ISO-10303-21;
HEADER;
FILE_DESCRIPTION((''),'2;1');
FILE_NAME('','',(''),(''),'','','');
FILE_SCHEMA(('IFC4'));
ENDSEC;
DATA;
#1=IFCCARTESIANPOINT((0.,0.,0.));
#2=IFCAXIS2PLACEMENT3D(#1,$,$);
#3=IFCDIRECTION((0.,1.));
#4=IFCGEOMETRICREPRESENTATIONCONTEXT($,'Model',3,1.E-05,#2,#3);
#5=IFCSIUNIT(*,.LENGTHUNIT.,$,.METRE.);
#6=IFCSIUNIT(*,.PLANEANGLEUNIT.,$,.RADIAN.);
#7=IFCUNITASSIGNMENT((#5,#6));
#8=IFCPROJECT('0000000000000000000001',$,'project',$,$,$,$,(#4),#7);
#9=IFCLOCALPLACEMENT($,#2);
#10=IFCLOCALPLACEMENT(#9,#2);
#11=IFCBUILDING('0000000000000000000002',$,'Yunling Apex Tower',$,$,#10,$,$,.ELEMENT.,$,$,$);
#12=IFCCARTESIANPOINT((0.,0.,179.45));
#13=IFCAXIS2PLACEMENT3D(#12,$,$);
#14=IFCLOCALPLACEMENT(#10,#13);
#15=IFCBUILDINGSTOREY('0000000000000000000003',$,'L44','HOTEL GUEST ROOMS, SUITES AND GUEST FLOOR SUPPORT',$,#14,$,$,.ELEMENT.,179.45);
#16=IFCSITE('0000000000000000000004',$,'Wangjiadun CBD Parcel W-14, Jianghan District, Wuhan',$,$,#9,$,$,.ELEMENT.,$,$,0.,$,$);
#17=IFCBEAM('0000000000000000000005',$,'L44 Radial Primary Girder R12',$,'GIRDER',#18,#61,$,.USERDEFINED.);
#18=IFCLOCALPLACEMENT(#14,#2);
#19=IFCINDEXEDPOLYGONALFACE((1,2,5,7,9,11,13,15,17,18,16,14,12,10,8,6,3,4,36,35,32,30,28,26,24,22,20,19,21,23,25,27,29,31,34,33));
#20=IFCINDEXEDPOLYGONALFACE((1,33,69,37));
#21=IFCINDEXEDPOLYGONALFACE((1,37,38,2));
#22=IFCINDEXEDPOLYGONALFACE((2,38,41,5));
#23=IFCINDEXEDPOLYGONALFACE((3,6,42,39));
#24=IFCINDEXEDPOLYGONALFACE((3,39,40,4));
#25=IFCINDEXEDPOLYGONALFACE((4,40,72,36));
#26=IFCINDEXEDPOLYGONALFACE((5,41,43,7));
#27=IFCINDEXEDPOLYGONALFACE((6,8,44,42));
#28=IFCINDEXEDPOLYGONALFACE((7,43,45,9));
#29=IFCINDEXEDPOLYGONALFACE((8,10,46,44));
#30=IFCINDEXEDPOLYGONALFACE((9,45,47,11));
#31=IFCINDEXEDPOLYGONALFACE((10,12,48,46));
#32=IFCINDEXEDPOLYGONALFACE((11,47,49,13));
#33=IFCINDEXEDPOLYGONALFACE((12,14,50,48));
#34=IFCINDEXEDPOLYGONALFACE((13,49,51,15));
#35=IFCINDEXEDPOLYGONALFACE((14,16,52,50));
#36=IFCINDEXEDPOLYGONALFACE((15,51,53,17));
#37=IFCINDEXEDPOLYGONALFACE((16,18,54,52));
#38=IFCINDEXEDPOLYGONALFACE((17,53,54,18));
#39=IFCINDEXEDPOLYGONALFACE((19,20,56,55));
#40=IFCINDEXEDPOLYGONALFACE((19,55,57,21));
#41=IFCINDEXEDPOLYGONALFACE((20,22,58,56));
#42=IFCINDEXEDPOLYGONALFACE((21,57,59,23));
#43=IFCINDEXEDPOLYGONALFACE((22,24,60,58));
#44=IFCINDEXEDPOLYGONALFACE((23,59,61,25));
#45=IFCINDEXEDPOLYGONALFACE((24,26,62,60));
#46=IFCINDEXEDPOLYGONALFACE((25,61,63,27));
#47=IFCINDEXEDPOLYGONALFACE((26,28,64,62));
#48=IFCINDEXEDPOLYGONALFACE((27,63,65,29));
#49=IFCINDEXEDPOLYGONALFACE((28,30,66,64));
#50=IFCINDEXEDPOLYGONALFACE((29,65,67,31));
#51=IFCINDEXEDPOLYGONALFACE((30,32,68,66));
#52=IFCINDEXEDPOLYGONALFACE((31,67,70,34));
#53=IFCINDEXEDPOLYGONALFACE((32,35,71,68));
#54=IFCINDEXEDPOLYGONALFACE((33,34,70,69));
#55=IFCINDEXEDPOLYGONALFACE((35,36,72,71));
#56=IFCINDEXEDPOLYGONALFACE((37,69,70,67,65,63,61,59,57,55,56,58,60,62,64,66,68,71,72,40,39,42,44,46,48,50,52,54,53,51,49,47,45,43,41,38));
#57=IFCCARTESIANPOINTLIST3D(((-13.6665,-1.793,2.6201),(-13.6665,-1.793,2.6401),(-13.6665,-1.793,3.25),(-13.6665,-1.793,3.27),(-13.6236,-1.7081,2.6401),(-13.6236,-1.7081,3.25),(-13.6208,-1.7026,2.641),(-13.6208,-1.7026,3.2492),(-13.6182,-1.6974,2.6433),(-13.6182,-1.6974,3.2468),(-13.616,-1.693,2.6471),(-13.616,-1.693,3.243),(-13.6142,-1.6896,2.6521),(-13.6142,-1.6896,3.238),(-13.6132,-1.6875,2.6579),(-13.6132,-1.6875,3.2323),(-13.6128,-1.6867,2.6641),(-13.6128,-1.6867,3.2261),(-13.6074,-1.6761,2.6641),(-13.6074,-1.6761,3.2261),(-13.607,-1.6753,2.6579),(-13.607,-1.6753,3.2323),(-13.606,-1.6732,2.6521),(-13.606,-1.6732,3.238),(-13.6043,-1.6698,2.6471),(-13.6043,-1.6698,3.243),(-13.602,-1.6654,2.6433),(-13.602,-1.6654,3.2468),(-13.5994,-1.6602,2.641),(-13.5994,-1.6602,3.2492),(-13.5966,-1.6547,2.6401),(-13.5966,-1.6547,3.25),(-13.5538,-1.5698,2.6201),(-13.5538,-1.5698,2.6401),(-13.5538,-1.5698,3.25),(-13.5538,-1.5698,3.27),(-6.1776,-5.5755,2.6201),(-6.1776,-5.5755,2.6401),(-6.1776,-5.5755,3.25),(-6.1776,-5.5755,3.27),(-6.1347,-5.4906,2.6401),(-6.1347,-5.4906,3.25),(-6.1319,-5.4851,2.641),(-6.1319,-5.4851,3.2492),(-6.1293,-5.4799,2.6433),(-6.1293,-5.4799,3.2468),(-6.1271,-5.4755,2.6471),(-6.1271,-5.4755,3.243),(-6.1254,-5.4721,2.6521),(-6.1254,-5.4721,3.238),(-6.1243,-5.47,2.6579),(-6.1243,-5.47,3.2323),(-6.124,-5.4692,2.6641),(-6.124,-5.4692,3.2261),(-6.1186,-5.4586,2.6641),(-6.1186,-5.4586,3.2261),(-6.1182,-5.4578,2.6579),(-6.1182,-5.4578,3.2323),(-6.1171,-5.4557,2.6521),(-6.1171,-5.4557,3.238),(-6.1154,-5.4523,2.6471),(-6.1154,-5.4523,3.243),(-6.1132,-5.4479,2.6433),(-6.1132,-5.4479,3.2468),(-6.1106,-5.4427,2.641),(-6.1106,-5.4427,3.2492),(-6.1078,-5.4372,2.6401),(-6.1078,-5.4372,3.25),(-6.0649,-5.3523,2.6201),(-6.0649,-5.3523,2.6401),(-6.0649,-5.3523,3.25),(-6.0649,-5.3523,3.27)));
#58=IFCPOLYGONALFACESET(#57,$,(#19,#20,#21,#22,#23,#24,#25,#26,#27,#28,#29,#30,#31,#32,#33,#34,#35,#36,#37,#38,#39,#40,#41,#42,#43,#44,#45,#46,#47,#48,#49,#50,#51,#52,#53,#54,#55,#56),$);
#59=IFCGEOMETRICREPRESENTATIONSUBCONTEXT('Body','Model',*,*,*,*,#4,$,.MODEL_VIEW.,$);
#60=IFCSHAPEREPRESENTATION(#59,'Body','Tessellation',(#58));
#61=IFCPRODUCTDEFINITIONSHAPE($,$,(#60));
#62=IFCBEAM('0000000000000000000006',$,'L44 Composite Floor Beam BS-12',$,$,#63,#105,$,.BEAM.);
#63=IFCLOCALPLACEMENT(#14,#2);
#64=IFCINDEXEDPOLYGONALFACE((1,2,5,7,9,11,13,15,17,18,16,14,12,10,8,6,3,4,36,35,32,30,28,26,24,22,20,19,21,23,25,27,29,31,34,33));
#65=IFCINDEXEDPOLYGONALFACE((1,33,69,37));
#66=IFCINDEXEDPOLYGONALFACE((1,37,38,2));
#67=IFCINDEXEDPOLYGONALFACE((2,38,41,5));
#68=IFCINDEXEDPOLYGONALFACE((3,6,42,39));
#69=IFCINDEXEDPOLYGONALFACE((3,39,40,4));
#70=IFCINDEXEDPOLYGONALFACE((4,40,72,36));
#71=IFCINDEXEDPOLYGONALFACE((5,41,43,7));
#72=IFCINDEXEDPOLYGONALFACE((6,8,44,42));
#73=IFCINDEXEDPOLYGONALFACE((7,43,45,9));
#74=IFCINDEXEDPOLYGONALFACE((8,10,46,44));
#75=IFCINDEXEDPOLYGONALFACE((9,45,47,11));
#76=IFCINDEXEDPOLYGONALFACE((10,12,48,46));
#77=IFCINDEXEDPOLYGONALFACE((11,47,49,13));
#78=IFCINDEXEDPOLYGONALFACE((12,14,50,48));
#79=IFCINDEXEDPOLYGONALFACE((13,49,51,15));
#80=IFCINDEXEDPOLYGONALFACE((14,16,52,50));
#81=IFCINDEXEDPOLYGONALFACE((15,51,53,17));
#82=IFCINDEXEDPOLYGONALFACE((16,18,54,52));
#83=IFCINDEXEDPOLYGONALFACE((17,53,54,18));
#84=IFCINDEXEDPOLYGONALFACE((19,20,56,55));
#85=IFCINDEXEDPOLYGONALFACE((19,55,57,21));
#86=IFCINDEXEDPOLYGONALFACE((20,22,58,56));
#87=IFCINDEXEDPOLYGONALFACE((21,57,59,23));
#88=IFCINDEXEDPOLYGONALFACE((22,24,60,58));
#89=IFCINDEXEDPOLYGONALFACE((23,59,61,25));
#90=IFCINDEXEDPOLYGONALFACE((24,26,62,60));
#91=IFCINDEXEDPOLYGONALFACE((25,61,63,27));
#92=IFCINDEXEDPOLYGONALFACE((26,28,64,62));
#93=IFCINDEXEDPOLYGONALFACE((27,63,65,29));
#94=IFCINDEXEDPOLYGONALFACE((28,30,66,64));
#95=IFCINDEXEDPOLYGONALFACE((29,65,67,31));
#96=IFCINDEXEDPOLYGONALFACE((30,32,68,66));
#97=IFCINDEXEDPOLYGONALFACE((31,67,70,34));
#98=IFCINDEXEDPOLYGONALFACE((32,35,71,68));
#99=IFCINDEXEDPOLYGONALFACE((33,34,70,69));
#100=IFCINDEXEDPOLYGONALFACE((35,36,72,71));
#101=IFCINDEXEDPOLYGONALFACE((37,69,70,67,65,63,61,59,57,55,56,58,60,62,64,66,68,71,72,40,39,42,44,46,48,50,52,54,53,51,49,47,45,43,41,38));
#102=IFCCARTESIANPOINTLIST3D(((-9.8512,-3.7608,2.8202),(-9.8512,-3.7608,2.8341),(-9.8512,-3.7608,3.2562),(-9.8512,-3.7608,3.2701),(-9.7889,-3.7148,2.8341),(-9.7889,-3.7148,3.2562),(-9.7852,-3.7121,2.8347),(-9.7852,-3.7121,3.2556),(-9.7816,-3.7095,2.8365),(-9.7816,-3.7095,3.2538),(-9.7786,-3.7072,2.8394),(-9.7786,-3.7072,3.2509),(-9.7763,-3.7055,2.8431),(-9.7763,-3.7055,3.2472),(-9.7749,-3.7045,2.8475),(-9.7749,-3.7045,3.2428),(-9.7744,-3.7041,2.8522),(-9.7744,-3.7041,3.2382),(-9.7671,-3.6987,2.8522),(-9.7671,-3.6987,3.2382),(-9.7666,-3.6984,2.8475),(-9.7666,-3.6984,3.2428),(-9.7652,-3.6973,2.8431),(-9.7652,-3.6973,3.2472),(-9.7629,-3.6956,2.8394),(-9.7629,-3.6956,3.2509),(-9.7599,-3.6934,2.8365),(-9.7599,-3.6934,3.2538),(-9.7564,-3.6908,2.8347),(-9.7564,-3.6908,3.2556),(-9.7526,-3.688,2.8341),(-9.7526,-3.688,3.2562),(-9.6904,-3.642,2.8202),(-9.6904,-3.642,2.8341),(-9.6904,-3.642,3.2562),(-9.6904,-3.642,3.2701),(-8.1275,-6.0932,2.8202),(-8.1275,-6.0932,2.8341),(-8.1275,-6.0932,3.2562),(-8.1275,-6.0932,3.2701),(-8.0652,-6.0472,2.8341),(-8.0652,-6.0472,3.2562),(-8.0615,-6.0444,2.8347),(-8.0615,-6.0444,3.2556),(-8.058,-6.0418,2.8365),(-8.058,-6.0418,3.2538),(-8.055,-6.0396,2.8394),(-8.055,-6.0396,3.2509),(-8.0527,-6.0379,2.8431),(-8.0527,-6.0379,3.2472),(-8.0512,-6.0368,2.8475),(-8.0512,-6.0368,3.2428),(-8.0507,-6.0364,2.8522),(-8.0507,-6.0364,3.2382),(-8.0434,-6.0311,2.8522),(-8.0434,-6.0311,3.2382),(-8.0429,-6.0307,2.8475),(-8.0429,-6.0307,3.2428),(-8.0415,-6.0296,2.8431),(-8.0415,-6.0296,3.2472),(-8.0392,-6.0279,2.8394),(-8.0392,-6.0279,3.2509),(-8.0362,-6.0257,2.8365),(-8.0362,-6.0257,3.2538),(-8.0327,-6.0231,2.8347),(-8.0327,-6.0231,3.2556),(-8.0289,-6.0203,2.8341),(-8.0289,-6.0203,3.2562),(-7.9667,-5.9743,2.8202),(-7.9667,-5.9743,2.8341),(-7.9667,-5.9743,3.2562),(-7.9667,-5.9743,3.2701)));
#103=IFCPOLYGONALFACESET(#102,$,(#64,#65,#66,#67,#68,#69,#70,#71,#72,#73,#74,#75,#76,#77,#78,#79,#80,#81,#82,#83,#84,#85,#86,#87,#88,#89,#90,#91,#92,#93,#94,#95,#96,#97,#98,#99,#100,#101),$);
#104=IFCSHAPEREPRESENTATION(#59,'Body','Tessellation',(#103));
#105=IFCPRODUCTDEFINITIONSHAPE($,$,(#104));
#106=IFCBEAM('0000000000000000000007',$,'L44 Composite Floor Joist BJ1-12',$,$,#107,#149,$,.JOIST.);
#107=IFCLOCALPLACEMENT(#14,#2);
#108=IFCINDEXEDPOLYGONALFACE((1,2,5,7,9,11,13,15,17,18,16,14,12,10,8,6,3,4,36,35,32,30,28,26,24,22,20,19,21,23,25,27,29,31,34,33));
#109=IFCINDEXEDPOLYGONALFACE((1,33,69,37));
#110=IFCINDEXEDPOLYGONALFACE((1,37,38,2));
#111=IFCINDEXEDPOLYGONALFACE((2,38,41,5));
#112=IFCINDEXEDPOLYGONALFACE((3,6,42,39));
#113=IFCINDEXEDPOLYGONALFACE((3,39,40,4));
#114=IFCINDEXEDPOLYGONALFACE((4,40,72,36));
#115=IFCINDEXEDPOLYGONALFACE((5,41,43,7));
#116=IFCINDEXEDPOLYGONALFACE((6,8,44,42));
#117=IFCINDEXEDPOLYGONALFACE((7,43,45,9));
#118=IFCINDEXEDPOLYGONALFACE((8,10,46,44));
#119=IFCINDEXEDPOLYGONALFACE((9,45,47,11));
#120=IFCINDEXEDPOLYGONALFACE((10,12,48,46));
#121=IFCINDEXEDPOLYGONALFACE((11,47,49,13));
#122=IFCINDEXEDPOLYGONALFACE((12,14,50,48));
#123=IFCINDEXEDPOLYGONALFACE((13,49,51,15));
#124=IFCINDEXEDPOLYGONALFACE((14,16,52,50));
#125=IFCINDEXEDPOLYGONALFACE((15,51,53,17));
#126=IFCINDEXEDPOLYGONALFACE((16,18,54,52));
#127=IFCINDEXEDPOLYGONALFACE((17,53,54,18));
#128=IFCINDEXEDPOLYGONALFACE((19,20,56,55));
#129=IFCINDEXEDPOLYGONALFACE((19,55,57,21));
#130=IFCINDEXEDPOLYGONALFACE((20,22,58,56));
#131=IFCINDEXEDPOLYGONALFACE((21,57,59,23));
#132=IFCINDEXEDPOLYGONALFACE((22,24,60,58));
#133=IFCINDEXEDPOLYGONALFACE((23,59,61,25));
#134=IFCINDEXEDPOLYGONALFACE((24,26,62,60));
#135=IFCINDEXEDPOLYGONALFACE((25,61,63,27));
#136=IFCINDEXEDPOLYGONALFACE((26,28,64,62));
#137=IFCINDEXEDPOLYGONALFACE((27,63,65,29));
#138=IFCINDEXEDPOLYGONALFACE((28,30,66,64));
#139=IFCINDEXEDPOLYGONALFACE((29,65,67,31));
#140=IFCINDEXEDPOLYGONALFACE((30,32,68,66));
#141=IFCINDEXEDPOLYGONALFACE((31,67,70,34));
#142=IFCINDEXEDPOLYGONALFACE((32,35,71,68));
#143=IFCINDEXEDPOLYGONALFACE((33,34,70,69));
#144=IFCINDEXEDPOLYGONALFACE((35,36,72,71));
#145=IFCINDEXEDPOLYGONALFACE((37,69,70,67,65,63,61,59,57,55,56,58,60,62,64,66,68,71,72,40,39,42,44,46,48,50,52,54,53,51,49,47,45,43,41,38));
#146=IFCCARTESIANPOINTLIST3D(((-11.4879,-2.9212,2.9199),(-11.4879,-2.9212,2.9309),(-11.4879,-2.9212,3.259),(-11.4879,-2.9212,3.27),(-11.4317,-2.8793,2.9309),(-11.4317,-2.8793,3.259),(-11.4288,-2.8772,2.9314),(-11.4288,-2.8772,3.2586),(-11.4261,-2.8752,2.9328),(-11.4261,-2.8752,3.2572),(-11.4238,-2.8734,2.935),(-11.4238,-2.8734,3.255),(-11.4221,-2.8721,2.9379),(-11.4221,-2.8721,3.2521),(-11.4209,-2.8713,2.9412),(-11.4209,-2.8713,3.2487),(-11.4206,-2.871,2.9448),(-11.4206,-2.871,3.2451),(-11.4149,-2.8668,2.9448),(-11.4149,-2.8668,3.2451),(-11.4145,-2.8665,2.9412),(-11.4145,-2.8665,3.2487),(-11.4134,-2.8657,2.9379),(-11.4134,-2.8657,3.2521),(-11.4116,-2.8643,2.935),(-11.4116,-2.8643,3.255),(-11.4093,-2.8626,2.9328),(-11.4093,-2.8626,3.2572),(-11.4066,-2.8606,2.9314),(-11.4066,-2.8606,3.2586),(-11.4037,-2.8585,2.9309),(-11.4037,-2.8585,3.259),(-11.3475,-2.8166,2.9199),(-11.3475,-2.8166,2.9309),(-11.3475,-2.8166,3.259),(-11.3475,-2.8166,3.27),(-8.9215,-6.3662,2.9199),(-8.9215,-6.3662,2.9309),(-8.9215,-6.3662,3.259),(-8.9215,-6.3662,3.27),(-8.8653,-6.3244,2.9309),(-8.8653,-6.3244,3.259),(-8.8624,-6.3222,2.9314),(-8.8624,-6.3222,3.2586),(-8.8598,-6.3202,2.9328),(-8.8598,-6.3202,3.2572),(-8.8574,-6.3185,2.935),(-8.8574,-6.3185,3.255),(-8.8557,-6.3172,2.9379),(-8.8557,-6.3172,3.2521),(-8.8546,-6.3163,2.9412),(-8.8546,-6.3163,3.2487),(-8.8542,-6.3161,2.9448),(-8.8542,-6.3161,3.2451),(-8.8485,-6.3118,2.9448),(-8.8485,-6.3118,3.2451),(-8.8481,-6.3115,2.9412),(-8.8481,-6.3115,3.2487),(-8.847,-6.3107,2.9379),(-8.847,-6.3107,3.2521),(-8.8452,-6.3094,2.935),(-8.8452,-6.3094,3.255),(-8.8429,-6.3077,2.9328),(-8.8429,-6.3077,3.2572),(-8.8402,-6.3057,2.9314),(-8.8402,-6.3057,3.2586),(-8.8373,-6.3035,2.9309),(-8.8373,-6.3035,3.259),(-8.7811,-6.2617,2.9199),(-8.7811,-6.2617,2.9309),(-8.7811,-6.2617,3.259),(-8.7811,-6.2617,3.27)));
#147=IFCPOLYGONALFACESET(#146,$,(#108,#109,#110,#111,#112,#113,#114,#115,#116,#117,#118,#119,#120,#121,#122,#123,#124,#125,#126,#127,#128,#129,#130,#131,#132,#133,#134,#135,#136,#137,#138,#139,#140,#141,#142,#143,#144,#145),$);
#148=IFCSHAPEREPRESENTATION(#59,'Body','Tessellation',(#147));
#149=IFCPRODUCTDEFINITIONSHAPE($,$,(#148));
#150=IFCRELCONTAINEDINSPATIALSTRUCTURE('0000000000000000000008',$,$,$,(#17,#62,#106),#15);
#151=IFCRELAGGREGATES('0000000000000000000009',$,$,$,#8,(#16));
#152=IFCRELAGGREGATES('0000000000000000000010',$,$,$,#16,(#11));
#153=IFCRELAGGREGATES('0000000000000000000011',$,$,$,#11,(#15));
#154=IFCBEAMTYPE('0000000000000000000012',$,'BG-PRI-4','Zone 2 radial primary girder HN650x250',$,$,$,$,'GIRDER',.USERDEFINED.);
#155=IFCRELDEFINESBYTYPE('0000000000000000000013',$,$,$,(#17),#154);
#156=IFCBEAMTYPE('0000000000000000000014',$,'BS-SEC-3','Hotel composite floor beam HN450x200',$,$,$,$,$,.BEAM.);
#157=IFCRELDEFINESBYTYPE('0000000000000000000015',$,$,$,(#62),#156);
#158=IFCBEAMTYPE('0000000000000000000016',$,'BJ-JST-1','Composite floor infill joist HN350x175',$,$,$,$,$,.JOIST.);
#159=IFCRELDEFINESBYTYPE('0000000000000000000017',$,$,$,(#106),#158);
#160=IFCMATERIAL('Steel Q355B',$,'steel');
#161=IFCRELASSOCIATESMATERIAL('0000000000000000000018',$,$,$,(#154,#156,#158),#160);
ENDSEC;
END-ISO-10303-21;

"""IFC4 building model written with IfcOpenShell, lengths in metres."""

from ifc_helpers import new_model, si_unit, direction, frame, origin, origin_2d, place, context, subcontext, project, spatial, i_section, extrude, source, transform, mapped, material, material_profile, profile_set, type_object, element, save


model = new_model("IFC4")

# Units and contexts
model_context = context("Model", 3, precision=1e-05, world=origin(), true_north=direction((0.0, 1.0)))
body_context = subcontext(model_context, "Body", "Model", "MODEL_VIEW")
ifc_project = project(units=[si_unit("LENGTHUNIT", "METRE"), si_unit("PLANEANGLEUNIT", "RADIAN")], contexts=[model_context])

# Site, building, storey
site_placement = place(None, origin())
site = spatial("IfcSite", under=ifc_project, at=site_placement, Name="Wangjiadun CBD Parcel W-14, Jianghan District, Wuhan", CompositionType="ELEMENT", RefElevation=0.0)
building_placement = place(site_placement, origin())
building = spatial("IfcBuilding", under=site, at=building_placement, Name="Yunling Apex Tower", CompositionType="ELEMENT")
storey_placement = place(building_placement, frame((0.0, 0.0, 179.45)))
storey = spatial("IfcBuildingStorey", under=building, at=storey_placement, Name="L44", Description="HOTEL GUEST ROOMS, SUITES AND GUEST FLOOR SUPPORT", CompositionType="ELEMENT", Elevation=179.45)

# Beams
ifc_material_1 = material(Name="Steel Q355B", Category="steel")
ifc_material_profile_1 = material_profile(ifc_material_1, i_section(OverallWidth=0.25, OverallDepth=0.6499, WebThickness=0.012, FlangeThickness=0.02, FilletRadius=0.0239, at=origin_2d()))
ifc_profile_set_1 = profile_set([ifc_material_profile_1], Name="Steel Q355B")
beam_type_1 = type_object("IfcBeamType", Name="BG-PRI-4", Description="Zone 2 radial primary girder HN650x250", ElementType="GIRDER", PredefinedType="USERDEFINED", material=ifc_profile_set_1)
shared_shape_1 = source(origin(), body_context, "Body", "SweptSolid", [
    extrude(i_section(OverallWidth=0.25, OverallDepth=0.6499, WebThickness=0.012, FlangeThickness=0.02, FilletRadius=0.0239, at=origin_2d()), origin(), (0.0, 0.0, 1.0), 8.3899),
])
beam_1_placement = place(storey_placement, frame((-13.6101, -1.6814, 2.9451), z_axis=(0.892604, -0.450842, 0.0), x_axis=(0.450842, 0.892604, 0.0)))
element("IfcBeam", 1, at=beam_1_placement, inside=storey, type_object=beam_type_1, Name="L44 Radial Primary Girder R12", ObjectType="GIRDER", PredefinedType="USERDEFINED", context=body_context, shape_type="MappedRepresentation", body=[
    mapped(shared_shape_1, transform((0.0, 0.0, 0.0), scale=1.0)),
])
ifc_material_profile_2 = material_profile(ifc_material_1, i_section(OverallWidth=0.2, OverallDepth=0.45, WebThickness=0.009, FlangeThickness=0.0139, FilletRadius=0.0181, at=origin_2d()))
ifc_profile_set_2 = profile_set([ifc_material_profile_2], Name="Steel Q355B")
beam_type_2 = type_object("IfcBeamType", Name="BS-SEC-3", Description="Hotel composite floor beam HN450x200", PredefinedType="BEAM", material=ifc_profile_set_2)
shared_shape_2 = source(origin(), body_context, "Body", "SweptSolid", [
    extrude(i_section(OverallWidth=0.2, OverallDepth=0.45, WebThickness=0.009, FlangeThickness=0.0139, FilletRadius=0.0181, at=origin_2d()), origin(), (0.0, 0.0, 1.0), 2.9001),
])
beam_2_placement = place(storey_placement, frame((-9.7708, -3.7014, 3.0452), z_axis=(0.594341, -0.804213, 0.0), x_axis=(0.804213, 0.594341, 0.0)))
element("IfcBeam", 2, at=beam_2_placement, inside=storey, type_object=beam_type_2, Name="L44 Composite Floor Beam BS-12", PredefinedType="BEAM", context=body_context, shape_type="MappedRepresentation", body=[
    mapped(shared_shape_2, transform((0.0, 0.0, 0.0), scale=1.0)),
])
ifc_material_profile_3 = material_profile(ifc_material_1, i_section(OverallWidth=0.175, OverallDepth=0.3501, WebThickness=0.0071, FlangeThickness=0.011, FilletRadius=0.0139, at=origin_2d()))
ifc_profile_set_3 = profile_set([ifc_material_profile_3], Name="Steel Q355B")
beam_type_3 = type_object("IfcBeamType", Name="BJ-JST-1", Description="Composite floor infill joist HN350x175", PredefinedType="JOIST", material=ifc_profile_set_3)
shared_shape_3 = source(origin(), body_context, "Body", "SweptSolid", [
    extrude(i_section(OverallWidth=0.175, OverallDepth=0.3501, WebThickness=0.0071, FlangeThickness=0.011, FilletRadius=0.0139, at=origin_2d()), origin(), (0.0, 0.0, 1.0), 4.2959),
])
beam_3_placement = place(storey_placement, frame((-11.4177, -2.8689, 3.095), z_axis=(0.597405, -0.801939, 0.0), x_axis=(0.801939, 0.597405, 0.0)))
element("IfcBeam", 3, at=beam_3_placement, inside=storey, type_object=beam_type_3, Name="L44 Composite Floor Joist BJ1-12", PredefinedType="JOIST", context=body_context, shape_type="MappedRepresentation", body=[
    mapped(shared_shape_3, transform((0.0, 0.0, 0.0), scale=1.0)),
])

save(model, "model.ifc")
